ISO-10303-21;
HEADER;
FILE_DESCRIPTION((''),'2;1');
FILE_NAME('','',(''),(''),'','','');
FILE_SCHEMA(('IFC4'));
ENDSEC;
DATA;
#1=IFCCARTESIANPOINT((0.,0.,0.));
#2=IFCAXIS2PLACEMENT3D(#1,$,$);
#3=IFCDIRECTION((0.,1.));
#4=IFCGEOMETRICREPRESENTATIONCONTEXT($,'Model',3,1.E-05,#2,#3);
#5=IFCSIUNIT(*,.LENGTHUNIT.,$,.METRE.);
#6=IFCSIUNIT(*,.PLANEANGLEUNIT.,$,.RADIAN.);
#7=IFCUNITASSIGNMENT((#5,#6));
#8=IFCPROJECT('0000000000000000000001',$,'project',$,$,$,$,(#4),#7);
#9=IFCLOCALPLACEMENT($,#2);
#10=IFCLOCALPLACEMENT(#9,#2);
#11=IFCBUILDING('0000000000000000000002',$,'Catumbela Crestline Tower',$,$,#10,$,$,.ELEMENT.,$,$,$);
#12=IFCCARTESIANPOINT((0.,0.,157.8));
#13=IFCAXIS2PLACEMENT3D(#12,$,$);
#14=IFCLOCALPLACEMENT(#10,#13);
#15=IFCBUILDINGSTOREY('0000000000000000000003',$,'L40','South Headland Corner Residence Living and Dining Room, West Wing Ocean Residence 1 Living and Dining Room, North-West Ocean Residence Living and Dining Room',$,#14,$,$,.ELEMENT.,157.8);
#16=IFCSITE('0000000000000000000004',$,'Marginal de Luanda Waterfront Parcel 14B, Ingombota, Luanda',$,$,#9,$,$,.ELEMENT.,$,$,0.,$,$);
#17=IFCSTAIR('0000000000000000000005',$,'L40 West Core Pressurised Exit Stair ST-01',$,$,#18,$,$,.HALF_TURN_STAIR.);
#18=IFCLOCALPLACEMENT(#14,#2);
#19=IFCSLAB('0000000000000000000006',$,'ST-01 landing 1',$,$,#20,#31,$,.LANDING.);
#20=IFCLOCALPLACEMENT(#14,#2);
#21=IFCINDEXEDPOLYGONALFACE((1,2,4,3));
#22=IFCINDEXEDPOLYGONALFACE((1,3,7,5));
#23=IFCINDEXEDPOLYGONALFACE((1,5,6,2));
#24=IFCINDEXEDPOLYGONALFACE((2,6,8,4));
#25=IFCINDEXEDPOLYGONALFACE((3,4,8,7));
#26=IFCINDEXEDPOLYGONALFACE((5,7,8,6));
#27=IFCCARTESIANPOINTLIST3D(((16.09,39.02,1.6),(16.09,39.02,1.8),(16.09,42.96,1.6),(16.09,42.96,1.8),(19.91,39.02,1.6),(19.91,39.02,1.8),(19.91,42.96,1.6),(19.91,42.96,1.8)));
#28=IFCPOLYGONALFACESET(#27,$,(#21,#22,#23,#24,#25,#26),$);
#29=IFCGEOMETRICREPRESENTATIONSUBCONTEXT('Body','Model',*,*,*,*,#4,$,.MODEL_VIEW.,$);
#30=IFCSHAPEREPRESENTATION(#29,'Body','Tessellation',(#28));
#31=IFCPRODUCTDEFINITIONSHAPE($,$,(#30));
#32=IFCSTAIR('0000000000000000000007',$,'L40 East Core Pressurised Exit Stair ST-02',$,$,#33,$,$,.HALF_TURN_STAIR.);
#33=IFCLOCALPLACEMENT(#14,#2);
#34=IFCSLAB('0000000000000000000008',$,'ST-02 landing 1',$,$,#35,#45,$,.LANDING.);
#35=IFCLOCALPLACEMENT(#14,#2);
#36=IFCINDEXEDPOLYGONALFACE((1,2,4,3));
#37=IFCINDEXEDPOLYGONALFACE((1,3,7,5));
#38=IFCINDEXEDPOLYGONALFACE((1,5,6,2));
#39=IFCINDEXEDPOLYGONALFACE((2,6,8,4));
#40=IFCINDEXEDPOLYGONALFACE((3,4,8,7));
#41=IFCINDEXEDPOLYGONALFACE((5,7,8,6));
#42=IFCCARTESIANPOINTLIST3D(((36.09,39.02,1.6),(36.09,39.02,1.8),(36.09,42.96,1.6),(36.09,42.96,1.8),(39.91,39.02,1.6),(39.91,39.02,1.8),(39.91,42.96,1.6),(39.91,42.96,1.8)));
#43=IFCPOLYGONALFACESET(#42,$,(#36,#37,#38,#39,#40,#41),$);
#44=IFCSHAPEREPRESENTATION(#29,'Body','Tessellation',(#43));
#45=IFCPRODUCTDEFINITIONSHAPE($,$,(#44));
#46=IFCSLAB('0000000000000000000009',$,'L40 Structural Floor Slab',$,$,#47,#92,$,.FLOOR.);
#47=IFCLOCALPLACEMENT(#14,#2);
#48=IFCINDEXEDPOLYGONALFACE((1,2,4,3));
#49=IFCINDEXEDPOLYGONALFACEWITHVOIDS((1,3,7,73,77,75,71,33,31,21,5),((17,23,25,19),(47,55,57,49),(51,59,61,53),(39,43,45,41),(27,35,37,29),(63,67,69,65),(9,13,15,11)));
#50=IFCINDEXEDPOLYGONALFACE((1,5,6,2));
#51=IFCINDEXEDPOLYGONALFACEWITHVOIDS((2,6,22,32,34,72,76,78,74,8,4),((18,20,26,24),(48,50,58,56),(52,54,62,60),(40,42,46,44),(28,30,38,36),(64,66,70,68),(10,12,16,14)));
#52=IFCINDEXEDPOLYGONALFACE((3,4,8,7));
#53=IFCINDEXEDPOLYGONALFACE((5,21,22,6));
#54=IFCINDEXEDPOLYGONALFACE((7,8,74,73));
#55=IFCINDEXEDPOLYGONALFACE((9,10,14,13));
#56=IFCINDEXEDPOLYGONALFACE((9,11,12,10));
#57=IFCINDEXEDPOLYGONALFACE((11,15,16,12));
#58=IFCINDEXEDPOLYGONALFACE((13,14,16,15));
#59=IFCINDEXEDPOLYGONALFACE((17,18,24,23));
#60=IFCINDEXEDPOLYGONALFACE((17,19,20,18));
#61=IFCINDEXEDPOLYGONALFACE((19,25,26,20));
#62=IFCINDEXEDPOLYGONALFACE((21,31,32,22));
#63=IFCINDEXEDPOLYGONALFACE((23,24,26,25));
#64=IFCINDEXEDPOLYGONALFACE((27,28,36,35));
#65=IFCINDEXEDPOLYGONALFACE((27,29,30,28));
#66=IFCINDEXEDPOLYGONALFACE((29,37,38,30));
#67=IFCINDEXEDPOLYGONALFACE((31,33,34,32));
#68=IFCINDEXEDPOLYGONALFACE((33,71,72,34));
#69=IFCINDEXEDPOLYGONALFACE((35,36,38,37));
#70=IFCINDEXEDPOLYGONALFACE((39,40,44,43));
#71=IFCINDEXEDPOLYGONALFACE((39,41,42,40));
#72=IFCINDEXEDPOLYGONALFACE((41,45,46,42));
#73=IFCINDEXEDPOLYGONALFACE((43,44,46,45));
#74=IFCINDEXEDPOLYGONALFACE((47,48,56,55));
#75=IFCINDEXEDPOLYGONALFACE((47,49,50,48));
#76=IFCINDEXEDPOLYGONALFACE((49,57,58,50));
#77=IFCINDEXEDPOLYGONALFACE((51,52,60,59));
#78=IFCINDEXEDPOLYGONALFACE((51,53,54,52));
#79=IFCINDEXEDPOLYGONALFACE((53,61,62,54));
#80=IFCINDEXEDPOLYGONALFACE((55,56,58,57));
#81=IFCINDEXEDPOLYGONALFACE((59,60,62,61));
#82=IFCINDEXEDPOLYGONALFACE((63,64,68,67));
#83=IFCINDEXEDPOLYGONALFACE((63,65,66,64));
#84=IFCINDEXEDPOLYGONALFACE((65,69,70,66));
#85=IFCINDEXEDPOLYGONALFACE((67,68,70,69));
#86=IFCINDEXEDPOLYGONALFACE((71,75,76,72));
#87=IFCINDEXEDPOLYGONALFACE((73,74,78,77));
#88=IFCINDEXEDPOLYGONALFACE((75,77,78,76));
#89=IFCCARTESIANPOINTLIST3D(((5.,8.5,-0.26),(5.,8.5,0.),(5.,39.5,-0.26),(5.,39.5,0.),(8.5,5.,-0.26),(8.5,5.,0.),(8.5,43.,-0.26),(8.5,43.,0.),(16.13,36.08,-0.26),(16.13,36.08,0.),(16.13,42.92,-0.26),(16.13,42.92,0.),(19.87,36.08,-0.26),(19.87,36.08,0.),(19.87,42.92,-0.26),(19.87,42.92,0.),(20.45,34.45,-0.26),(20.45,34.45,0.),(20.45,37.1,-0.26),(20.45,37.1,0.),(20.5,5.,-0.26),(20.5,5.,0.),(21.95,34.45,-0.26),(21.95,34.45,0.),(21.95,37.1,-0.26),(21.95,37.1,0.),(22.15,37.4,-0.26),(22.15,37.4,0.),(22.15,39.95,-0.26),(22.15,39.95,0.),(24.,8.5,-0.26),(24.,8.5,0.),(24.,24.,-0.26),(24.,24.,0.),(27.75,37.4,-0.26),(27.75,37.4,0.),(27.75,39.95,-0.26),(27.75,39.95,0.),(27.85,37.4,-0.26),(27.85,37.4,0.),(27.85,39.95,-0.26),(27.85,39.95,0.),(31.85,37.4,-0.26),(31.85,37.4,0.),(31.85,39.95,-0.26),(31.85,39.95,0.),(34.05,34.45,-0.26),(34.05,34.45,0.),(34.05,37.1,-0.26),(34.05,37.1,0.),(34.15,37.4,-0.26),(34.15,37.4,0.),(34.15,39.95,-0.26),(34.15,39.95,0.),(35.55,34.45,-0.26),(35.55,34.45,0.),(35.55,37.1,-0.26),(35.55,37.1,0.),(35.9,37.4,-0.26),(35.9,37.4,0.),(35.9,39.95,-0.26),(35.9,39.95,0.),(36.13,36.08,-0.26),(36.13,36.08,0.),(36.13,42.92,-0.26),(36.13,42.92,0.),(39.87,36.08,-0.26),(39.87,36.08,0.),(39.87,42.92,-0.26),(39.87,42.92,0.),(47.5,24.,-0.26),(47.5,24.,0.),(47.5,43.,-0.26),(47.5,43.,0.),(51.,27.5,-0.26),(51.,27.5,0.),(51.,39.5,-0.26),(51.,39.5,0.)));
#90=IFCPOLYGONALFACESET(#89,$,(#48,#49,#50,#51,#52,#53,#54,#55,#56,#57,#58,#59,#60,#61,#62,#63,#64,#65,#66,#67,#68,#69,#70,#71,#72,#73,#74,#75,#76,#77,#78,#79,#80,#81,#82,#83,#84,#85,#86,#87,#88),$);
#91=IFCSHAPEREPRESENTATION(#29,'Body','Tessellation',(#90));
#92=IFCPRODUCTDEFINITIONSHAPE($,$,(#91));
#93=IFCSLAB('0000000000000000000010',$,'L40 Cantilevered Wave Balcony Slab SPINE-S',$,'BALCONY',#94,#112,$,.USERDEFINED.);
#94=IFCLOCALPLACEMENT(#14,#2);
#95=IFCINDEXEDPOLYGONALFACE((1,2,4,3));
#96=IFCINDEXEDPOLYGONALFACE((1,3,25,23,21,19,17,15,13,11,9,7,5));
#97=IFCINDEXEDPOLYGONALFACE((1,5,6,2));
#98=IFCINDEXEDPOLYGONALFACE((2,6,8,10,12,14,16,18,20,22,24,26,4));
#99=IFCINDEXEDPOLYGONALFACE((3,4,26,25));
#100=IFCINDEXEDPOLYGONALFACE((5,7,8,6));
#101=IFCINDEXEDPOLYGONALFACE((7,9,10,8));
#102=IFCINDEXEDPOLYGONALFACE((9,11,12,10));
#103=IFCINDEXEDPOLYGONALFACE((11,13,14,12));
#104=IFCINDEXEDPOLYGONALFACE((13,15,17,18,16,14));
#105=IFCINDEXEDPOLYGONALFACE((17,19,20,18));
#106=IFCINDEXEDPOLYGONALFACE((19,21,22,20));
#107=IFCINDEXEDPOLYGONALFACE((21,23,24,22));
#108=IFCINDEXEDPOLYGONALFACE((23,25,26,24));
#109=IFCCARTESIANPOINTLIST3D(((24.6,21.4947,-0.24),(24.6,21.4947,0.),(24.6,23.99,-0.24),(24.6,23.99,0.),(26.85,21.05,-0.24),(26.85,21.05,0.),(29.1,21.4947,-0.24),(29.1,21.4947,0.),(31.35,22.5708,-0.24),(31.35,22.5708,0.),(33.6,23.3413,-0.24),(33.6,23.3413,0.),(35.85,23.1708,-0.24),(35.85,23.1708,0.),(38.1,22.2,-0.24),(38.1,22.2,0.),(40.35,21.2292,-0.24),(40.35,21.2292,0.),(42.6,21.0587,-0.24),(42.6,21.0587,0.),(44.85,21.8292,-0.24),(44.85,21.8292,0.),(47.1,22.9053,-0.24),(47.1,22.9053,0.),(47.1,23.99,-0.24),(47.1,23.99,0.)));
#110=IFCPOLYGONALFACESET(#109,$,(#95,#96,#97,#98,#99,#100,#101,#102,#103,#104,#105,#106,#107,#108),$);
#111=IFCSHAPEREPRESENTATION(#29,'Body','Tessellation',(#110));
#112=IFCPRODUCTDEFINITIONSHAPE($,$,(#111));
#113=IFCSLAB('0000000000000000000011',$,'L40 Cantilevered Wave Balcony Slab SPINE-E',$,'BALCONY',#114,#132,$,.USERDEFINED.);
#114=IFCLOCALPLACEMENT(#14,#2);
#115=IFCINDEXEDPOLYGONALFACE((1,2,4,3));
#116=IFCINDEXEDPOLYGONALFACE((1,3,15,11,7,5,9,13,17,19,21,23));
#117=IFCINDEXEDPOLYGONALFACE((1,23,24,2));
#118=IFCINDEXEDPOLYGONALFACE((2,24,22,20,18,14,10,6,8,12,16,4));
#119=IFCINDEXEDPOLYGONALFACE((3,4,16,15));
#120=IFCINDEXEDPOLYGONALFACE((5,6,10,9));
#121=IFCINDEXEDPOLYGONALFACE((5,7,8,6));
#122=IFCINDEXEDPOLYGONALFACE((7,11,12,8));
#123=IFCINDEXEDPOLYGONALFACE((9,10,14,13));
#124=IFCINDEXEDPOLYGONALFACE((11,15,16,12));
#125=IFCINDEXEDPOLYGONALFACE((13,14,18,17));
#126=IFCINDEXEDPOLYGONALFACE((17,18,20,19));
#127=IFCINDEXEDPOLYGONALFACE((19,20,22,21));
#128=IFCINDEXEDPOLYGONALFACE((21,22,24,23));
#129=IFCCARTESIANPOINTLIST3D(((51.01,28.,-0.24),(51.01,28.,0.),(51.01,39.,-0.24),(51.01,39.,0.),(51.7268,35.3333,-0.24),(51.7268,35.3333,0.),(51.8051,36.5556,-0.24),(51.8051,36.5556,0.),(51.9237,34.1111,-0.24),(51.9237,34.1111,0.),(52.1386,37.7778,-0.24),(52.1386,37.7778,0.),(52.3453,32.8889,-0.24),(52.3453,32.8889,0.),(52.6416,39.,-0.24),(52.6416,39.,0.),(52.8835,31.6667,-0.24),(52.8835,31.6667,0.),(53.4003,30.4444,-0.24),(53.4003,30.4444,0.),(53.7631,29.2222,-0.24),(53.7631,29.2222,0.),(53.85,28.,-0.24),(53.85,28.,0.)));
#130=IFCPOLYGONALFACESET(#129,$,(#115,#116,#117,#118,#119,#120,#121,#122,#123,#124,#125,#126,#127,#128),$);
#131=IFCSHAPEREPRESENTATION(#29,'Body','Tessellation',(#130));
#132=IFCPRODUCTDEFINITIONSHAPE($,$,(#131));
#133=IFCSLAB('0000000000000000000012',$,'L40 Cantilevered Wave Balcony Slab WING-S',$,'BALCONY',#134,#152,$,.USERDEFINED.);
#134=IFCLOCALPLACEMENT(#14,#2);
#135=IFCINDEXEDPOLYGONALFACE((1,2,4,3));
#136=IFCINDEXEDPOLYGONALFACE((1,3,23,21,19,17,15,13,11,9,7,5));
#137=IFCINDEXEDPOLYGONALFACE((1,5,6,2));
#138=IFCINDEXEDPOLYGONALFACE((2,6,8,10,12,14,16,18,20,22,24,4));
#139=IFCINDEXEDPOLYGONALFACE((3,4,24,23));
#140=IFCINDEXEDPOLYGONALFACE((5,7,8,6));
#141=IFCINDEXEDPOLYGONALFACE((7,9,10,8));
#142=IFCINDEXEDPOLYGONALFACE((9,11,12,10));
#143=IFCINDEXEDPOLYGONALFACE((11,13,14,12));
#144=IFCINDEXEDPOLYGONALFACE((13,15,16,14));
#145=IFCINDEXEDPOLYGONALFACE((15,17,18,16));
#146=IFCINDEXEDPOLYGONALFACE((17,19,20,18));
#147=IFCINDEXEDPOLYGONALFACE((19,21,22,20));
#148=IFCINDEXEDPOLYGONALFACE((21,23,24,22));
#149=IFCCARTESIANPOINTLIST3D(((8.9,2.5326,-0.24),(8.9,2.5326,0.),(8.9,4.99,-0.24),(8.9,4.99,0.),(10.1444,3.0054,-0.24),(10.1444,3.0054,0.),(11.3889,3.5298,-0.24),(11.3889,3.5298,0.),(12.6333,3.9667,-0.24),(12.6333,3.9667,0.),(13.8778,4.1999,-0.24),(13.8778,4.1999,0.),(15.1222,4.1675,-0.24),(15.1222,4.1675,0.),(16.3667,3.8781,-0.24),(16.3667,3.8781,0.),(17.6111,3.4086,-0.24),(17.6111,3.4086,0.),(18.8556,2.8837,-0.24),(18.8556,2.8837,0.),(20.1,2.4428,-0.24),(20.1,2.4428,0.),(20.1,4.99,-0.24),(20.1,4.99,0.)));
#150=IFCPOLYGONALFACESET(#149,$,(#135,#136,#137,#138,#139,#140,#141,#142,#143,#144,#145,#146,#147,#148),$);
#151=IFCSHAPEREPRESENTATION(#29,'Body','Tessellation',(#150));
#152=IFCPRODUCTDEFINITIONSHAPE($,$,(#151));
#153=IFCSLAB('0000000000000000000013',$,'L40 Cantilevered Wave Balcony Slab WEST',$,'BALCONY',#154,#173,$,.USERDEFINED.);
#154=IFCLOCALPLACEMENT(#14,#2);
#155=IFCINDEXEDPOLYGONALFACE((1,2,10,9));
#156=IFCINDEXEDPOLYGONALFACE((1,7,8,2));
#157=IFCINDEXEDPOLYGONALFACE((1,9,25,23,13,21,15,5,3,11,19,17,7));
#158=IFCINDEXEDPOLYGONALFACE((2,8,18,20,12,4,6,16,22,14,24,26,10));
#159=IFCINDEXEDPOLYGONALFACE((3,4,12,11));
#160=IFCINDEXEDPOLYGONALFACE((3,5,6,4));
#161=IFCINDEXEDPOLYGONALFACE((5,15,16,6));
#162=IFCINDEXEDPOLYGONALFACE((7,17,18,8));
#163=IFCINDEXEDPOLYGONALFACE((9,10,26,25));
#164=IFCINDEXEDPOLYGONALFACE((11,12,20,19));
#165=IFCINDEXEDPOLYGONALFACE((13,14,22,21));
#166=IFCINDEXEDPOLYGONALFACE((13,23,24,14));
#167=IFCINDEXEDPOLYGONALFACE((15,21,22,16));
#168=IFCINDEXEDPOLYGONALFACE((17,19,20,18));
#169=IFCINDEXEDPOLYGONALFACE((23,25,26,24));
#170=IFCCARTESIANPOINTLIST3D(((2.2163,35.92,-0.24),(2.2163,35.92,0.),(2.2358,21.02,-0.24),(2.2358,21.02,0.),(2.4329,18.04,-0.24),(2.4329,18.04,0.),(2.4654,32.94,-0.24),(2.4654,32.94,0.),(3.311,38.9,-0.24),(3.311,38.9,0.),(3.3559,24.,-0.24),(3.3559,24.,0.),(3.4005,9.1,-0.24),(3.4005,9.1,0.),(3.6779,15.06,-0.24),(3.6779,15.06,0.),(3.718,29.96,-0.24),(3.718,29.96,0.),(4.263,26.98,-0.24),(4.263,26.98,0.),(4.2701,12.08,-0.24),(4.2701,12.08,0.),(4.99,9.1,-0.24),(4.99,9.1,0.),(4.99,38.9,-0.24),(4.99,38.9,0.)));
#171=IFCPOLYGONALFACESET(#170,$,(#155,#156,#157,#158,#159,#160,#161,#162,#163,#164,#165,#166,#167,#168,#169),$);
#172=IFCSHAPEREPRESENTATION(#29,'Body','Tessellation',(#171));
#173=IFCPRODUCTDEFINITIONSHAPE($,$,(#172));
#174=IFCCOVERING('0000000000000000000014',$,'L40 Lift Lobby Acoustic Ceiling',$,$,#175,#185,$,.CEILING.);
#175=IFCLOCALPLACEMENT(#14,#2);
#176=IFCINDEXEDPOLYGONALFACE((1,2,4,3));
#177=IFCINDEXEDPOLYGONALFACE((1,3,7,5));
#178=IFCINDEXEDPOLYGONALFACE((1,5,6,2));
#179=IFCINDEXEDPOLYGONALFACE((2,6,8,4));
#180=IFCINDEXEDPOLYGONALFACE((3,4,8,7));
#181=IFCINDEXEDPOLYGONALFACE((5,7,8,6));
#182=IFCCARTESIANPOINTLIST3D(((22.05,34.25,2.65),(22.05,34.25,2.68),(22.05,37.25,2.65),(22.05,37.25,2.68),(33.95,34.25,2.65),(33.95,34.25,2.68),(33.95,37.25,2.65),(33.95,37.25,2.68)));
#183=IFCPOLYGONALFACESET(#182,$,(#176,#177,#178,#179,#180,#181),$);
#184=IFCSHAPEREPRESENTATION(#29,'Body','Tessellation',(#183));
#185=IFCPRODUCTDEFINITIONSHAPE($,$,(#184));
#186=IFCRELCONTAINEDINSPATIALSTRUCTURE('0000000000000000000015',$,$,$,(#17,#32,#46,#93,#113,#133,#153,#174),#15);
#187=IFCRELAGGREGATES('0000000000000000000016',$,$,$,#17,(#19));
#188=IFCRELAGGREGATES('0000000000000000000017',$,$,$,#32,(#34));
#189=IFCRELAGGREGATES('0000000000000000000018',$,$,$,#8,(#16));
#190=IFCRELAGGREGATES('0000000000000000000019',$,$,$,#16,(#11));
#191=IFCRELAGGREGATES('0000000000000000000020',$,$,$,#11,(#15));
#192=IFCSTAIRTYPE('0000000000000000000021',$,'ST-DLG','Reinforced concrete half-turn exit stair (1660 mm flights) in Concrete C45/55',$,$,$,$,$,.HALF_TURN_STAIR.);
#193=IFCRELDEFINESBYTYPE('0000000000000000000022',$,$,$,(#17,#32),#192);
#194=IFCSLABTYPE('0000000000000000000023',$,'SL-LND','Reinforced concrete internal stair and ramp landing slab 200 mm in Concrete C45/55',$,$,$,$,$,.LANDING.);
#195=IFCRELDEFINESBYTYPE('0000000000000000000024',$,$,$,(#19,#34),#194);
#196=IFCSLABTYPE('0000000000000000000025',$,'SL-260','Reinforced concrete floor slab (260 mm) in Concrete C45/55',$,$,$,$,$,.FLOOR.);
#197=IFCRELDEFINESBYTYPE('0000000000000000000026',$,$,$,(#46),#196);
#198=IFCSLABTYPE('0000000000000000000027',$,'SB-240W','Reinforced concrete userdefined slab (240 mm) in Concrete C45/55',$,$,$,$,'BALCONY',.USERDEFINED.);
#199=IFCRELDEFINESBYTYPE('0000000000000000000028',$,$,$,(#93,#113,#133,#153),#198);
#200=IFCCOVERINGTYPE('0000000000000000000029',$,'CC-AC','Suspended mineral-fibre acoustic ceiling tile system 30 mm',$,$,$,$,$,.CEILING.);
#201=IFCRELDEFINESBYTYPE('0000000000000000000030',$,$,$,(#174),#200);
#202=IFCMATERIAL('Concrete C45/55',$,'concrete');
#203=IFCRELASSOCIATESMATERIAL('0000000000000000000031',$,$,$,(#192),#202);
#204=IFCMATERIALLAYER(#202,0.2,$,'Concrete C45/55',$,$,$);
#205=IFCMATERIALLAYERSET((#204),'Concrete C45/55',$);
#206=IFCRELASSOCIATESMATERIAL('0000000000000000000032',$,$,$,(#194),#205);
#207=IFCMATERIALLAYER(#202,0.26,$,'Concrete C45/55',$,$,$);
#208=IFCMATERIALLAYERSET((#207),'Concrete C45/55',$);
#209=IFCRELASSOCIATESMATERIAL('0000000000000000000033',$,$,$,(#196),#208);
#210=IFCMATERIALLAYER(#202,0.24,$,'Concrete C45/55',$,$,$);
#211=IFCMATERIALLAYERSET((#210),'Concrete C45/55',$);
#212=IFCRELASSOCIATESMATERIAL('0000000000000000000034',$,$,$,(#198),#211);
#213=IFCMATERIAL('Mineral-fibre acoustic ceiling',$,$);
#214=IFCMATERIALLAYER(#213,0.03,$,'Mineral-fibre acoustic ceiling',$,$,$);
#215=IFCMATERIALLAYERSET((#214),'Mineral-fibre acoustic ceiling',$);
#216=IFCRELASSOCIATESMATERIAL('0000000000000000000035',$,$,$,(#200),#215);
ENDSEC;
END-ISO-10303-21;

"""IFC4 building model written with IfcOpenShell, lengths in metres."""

from ifc_helpers import new_model, si_unit, direction, frame, origin, place, context, subcontext, project, spatial, polyline, outline, extrude, material, layer, layer_set, type_object, element, aggregate, save


model = new_model("IFC4")

# Units and contexts
model_context = context("Model", 3, precision=1e-05, world=origin(), true_north=direction((0.0, 1.0)))
body_context = subcontext(model_context, "Body", "Model", "MODEL_VIEW")
ifc_project = project(units=[si_unit("LENGTHUNIT", "METRE"), si_unit("PLANEANGLEUNIT", "RADIAN")], contexts=[model_context])

# Site, building, storey
site_placement = place(None, origin())
site = spatial("IfcSite", under=ifc_project, at=site_placement, Name="Marginal de Luanda Waterfront Parcel 14B, Ingombota, Luanda", CompositionType="ELEMENT", RefElevation=0.0)
building_placement = place(site_placement, origin())
building = spatial("IfcBuilding", under=site, at=building_placement, Name="Catumbela Crestline Tower", CompositionType="ELEMENT")
storey_placement = place(building_placement, frame((0.0, 0.0, 157.8)))
storey = spatial("IfcBuildingStorey", under=building, at=storey_placement, Name="L40", Description="South Headland Corner Residence Living and Dining Room, West Wing Ocean Residence 1 Living and Dining Room, North-West Ocean Residence Living and Dining Room", CompositionType="ELEMENT", Elevation=157.8)

# Stairs, slabs
ifc_material_1 = material(Name="Concrete C45/55", Category="concrete")
stair_type = type_object("IfcStairType", Name="ST-DLG", Description="Reinforced concrete half-turn exit stair (1660 mm flights) in Concrete C45/55", PredefinedType="HALF_TURN_STAIR", material=ifc_material_1)
stair_1_placement = place(storey_placement, origin())
stair_1 = element("IfcStair", 1, at=stair_1_placement, inside=storey, type_object=stair_type, Name="L40 West Core Pressurised Exit Stair ST-01", PredefinedType="HALF_TURN_STAIR")
ifc_layer_1 = layer(ifc_material_1, 0.2, Name="Concrete C45/55")
ifc_layer_set_1 = layer_set([ifc_layer_1], Name="Concrete C45/55")
slab_type_1 = type_object("IfcSlabType", Name="SL-LND", Description="Reinforced concrete internal stair and ramp landing slab 200 mm in Concrete C45/55", PredefinedType="LANDING", material=ifc_layer_set_1)
slab_1_placement = place(storey_placement, frame((0.0, 0.0, 1.6)))
slab_1 = element("IfcSlab", 2, at=slab_1_placement, type_object=slab_type_1, Name="ST-01 landing 1", PredefinedType="LANDING", context=body_context, shape_type="SweptSolid", body=[
    extrude(outline(polyline([(19.91, 39.02), (19.91, 42.96), (16.09, 42.96), (16.09, 39.02), (19.91, 39.02)])), origin(), (0.0, 0.0, 1.0), 0.2),
])
aggregate(stair_1, [slab_1])
stair_2_placement = place(storey_placement, origin())
stair_2 = element("IfcStair", 3, at=stair_2_placement, inside=storey, type_object=stair_type, Name="L40 East Core Pressurised Exit Stair ST-02", PredefinedType="HALF_TURN_STAIR")
slab_2_placement = place(storey_placement, frame((0.0, 0.0, 1.6)))
slab_2 = element("IfcSlab", 4, at=slab_2_placement, type_object=slab_type_1, Name="ST-02 landing 1", PredefinedType="LANDING", context=body_context, shape_type="SweptSolid", body=[
    extrude(outline(polyline([(39.91, 39.02), (39.91, 42.96), (36.09, 42.96), (36.09, 39.02), (39.91, 39.02)])), origin(), (0.0, 0.0, 1.0), 0.2),
])
aggregate(stair_2, [slab_2])

# Slabs
ifc_layer_2 = layer(ifc_material_1, 0.26, Name="Concrete C45/55")
ifc_layer_set_2 = layer_set([ifc_layer_2], Name="Concrete C45/55")
slab_type_2 = type_object("IfcSlabType", Name="SL-260", Description="Reinforced concrete floor slab (260 mm) in Concrete C45/55", PredefinedType="FLOOR", material=ifc_layer_set_2)
slab_3_placement = place(storey_placement, frame((0.0, 0.0, -0.26)))
element("IfcSlab", 5, at=slab_3_placement, inside=storey, type_object=slab_type_2, Name="L40 Structural Floor Slab", PredefinedType="FLOOR", context=body_context, shape_type="SweptSolid", body=[
    extrude(outline(polyline([(8.5, 5.0), (20.5, 5.0), (24.0, 8.5), (24.0, 24.0), (47.5, 24.0), (51.0, 27.5), (51.0, 39.5), (47.5, 43.0), (8.5, 43.0), (5.0, 39.5), (5.0, 8.5), (8.5, 5.0)]), holes=[polyline([(16.13, 36.08), (19.87, 36.08), (19.87, 42.92), (16.13, 42.92), (16.13, 36.08)]), polyline([(36.13, 36.08), (39.87, 36.08), (39.87, 42.92), (36.13, 42.92), (36.13, 36.08)]), polyline([(22.15, 37.4), (27.75, 37.4), (27.75, 39.95), (22.15, 39.95), (22.15, 37.4)]), polyline([(27.85, 37.4), (31.85, 37.4), (31.85, 39.95), (27.85, 39.95), (27.85, 37.4)]), polyline([(20.45, 34.45), (21.95, 34.45), (21.95, 37.1), (20.45, 37.1), (20.45, 34.45)]), polyline([(34.05, 34.45), (35.55, 34.45), (35.55, 37.1), (34.05, 37.1), (34.05, 34.45)]), polyline([(34.15, 37.4), (35.9, 37.4), (35.9, 39.95), (34.15, 39.95), (34.15, 37.4)])]), origin(), (0.0, 0.0, 1.0), 0.26),
])
ifc_layer_3 = layer(ifc_material_1, 0.24, Name="Concrete C45/55")
ifc_layer_set_3 = layer_set([ifc_layer_3], Name="Concrete C45/55")
slab_type_3 = type_object("IfcSlabType", Name="SB-240W", Description="Reinforced concrete userdefined slab (240 mm) in Concrete C45/55", ElementType="BALCONY", PredefinedType="USERDEFINED", material=ifc_layer_set_3)
slab_4_placement = place(storey_placement, frame((0.0, 0.0, -0.24)))
element("IfcSlab", 6, at=slab_4_placement, inside=storey, type_object=slab_type_3, Name="L40 Cantilevered Wave Balcony Slab SPINE-S", ObjectType="BALCONY", PredefinedType="USERDEFINED", context=body_context, shape_type="SweptSolid", body=[
    extrude(outline(polyline([(24.6, 21.4947), (26.85, 21.05), (29.1, 21.4947), (31.35, 22.5708), (33.6, 23.3413), (35.85, 23.1708), (38.1, 22.2), (40.35, 21.2292), (42.6, 21.0587), (44.85, 21.8292), (47.1, 22.9053), (47.1, 23.99), (24.6, 23.99), (24.6, 21.4947)])), origin(), (0.0, 0.0, 1.0), 0.24),
])
slab_5_placement = place(storey_placement, frame((0.0, 0.0, -0.24)))
element("IfcSlab", 7, at=slab_5_placement, inside=storey, type_object=slab_type_3, Name="L40 Cantilevered Wave Balcony Slab SPINE-E", ObjectType="BALCONY", PredefinedType="USERDEFINED", context=body_context, shape_type="SweptSolid", body=[
    extrude(outline(polyline([(51.01, 28.0), (53.85, 28.0), (53.7631, 29.2222), (53.4003, 30.4444), (52.8835, 31.6667), (52.3453, 32.8889), (51.9237, 34.1111), (51.7268, 35.3333), (51.8051, 36.5556), (52.1386, 37.7778), (52.6416, 39.0), (51.01, 39.0), (51.01, 28.0)])), origin(), (0.0, 0.0, 1.0), 0.24),
])
slab_6_placement = place(storey_placement, frame((0.0, 0.0, -0.24)))
element("IfcSlab", 8, at=slab_6_placement, inside=storey, type_object=slab_type_3, Name="L40 Cantilevered Wave Balcony Slab WING-S", ObjectType="BALCONY", PredefinedType="USERDEFINED", context=body_context, shape_type="SweptSolid", body=[
    extrude(outline(polyline([(8.9, 2.5326), (10.1444, 3.0054), (11.3889, 3.5298), (12.6333, 3.9667), (13.8778, 4.1999), (15.1222, 4.1675), (16.3667, 3.8781), (17.6111, 3.4086), (18.8556, 2.8837), (20.1, 2.4428), (20.1, 4.99), (8.9, 4.99), (8.9, 2.5326)])), origin(), (0.0, 0.0, 1.0), 0.24),
])
slab_7_placement = place(storey_placement, frame((0.0, 0.0, -0.24)))
element("IfcSlab", 9, at=slab_7_placement, inside=storey, type_object=slab_type_3, Name="L40 Cantilevered Wave Balcony Slab WEST", ObjectType="BALCONY", PredefinedType="USERDEFINED", context=body_context, shape_type="SweptSolid", body=[
    extrude(outline(polyline([(4.99, 38.9), (3.311, 38.9), (2.2163, 35.92), (2.4654, 32.94), (3.718, 29.96), (4.263, 26.98), (3.3559, 24.0), (2.2358, 21.02), (2.4329, 18.04), (3.6779, 15.06), (4.2701, 12.08), (3.4005, 9.1), (4.99, 9.1), (4.99, 38.9)])), origin(), (0.0, 0.0, 1.0), 0.24),
])

# Covering
ifc_material_2 = material(Name="Mineral-fibre acoustic ceiling")
ifc_layer_4 = layer(ifc_material_2, 0.03, Name="Mineral-fibre acoustic ceiling")
ifc_layer_set_4 = layer_set([ifc_layer_4], Name="Mineral-fibre acoustic ceiling")
covering_type_1 = type_object("IfcCoveringType", Name="CC-AC", Description="Suspended mineral-fibre acoustic ceiling tile system 30 mm", PredefinedType="CEILING", material=ifc_layer_set_4)
covering_1_placement = place(storey_placement, frame((0.0, 0.0, 2.65)))
element("IfcCovering", 10, at=covering_1_placement, inside=storey, type_object=covering_type_1, Name="L40 Lift Lobby Acoustic Ceiling", PredefinedType="CEILING", context=body_context, shape_type="SweptSolid", body=[
    extrude(outline(polyline([(22.05, 34.25), (33.95, 34.25), (33.95, 37.25), (22.05, 37.25), (22.05, 34.25)])), origin(), (0.0, 0.0, 1.0), 0.03),
])

save(model, "model.ifc")
